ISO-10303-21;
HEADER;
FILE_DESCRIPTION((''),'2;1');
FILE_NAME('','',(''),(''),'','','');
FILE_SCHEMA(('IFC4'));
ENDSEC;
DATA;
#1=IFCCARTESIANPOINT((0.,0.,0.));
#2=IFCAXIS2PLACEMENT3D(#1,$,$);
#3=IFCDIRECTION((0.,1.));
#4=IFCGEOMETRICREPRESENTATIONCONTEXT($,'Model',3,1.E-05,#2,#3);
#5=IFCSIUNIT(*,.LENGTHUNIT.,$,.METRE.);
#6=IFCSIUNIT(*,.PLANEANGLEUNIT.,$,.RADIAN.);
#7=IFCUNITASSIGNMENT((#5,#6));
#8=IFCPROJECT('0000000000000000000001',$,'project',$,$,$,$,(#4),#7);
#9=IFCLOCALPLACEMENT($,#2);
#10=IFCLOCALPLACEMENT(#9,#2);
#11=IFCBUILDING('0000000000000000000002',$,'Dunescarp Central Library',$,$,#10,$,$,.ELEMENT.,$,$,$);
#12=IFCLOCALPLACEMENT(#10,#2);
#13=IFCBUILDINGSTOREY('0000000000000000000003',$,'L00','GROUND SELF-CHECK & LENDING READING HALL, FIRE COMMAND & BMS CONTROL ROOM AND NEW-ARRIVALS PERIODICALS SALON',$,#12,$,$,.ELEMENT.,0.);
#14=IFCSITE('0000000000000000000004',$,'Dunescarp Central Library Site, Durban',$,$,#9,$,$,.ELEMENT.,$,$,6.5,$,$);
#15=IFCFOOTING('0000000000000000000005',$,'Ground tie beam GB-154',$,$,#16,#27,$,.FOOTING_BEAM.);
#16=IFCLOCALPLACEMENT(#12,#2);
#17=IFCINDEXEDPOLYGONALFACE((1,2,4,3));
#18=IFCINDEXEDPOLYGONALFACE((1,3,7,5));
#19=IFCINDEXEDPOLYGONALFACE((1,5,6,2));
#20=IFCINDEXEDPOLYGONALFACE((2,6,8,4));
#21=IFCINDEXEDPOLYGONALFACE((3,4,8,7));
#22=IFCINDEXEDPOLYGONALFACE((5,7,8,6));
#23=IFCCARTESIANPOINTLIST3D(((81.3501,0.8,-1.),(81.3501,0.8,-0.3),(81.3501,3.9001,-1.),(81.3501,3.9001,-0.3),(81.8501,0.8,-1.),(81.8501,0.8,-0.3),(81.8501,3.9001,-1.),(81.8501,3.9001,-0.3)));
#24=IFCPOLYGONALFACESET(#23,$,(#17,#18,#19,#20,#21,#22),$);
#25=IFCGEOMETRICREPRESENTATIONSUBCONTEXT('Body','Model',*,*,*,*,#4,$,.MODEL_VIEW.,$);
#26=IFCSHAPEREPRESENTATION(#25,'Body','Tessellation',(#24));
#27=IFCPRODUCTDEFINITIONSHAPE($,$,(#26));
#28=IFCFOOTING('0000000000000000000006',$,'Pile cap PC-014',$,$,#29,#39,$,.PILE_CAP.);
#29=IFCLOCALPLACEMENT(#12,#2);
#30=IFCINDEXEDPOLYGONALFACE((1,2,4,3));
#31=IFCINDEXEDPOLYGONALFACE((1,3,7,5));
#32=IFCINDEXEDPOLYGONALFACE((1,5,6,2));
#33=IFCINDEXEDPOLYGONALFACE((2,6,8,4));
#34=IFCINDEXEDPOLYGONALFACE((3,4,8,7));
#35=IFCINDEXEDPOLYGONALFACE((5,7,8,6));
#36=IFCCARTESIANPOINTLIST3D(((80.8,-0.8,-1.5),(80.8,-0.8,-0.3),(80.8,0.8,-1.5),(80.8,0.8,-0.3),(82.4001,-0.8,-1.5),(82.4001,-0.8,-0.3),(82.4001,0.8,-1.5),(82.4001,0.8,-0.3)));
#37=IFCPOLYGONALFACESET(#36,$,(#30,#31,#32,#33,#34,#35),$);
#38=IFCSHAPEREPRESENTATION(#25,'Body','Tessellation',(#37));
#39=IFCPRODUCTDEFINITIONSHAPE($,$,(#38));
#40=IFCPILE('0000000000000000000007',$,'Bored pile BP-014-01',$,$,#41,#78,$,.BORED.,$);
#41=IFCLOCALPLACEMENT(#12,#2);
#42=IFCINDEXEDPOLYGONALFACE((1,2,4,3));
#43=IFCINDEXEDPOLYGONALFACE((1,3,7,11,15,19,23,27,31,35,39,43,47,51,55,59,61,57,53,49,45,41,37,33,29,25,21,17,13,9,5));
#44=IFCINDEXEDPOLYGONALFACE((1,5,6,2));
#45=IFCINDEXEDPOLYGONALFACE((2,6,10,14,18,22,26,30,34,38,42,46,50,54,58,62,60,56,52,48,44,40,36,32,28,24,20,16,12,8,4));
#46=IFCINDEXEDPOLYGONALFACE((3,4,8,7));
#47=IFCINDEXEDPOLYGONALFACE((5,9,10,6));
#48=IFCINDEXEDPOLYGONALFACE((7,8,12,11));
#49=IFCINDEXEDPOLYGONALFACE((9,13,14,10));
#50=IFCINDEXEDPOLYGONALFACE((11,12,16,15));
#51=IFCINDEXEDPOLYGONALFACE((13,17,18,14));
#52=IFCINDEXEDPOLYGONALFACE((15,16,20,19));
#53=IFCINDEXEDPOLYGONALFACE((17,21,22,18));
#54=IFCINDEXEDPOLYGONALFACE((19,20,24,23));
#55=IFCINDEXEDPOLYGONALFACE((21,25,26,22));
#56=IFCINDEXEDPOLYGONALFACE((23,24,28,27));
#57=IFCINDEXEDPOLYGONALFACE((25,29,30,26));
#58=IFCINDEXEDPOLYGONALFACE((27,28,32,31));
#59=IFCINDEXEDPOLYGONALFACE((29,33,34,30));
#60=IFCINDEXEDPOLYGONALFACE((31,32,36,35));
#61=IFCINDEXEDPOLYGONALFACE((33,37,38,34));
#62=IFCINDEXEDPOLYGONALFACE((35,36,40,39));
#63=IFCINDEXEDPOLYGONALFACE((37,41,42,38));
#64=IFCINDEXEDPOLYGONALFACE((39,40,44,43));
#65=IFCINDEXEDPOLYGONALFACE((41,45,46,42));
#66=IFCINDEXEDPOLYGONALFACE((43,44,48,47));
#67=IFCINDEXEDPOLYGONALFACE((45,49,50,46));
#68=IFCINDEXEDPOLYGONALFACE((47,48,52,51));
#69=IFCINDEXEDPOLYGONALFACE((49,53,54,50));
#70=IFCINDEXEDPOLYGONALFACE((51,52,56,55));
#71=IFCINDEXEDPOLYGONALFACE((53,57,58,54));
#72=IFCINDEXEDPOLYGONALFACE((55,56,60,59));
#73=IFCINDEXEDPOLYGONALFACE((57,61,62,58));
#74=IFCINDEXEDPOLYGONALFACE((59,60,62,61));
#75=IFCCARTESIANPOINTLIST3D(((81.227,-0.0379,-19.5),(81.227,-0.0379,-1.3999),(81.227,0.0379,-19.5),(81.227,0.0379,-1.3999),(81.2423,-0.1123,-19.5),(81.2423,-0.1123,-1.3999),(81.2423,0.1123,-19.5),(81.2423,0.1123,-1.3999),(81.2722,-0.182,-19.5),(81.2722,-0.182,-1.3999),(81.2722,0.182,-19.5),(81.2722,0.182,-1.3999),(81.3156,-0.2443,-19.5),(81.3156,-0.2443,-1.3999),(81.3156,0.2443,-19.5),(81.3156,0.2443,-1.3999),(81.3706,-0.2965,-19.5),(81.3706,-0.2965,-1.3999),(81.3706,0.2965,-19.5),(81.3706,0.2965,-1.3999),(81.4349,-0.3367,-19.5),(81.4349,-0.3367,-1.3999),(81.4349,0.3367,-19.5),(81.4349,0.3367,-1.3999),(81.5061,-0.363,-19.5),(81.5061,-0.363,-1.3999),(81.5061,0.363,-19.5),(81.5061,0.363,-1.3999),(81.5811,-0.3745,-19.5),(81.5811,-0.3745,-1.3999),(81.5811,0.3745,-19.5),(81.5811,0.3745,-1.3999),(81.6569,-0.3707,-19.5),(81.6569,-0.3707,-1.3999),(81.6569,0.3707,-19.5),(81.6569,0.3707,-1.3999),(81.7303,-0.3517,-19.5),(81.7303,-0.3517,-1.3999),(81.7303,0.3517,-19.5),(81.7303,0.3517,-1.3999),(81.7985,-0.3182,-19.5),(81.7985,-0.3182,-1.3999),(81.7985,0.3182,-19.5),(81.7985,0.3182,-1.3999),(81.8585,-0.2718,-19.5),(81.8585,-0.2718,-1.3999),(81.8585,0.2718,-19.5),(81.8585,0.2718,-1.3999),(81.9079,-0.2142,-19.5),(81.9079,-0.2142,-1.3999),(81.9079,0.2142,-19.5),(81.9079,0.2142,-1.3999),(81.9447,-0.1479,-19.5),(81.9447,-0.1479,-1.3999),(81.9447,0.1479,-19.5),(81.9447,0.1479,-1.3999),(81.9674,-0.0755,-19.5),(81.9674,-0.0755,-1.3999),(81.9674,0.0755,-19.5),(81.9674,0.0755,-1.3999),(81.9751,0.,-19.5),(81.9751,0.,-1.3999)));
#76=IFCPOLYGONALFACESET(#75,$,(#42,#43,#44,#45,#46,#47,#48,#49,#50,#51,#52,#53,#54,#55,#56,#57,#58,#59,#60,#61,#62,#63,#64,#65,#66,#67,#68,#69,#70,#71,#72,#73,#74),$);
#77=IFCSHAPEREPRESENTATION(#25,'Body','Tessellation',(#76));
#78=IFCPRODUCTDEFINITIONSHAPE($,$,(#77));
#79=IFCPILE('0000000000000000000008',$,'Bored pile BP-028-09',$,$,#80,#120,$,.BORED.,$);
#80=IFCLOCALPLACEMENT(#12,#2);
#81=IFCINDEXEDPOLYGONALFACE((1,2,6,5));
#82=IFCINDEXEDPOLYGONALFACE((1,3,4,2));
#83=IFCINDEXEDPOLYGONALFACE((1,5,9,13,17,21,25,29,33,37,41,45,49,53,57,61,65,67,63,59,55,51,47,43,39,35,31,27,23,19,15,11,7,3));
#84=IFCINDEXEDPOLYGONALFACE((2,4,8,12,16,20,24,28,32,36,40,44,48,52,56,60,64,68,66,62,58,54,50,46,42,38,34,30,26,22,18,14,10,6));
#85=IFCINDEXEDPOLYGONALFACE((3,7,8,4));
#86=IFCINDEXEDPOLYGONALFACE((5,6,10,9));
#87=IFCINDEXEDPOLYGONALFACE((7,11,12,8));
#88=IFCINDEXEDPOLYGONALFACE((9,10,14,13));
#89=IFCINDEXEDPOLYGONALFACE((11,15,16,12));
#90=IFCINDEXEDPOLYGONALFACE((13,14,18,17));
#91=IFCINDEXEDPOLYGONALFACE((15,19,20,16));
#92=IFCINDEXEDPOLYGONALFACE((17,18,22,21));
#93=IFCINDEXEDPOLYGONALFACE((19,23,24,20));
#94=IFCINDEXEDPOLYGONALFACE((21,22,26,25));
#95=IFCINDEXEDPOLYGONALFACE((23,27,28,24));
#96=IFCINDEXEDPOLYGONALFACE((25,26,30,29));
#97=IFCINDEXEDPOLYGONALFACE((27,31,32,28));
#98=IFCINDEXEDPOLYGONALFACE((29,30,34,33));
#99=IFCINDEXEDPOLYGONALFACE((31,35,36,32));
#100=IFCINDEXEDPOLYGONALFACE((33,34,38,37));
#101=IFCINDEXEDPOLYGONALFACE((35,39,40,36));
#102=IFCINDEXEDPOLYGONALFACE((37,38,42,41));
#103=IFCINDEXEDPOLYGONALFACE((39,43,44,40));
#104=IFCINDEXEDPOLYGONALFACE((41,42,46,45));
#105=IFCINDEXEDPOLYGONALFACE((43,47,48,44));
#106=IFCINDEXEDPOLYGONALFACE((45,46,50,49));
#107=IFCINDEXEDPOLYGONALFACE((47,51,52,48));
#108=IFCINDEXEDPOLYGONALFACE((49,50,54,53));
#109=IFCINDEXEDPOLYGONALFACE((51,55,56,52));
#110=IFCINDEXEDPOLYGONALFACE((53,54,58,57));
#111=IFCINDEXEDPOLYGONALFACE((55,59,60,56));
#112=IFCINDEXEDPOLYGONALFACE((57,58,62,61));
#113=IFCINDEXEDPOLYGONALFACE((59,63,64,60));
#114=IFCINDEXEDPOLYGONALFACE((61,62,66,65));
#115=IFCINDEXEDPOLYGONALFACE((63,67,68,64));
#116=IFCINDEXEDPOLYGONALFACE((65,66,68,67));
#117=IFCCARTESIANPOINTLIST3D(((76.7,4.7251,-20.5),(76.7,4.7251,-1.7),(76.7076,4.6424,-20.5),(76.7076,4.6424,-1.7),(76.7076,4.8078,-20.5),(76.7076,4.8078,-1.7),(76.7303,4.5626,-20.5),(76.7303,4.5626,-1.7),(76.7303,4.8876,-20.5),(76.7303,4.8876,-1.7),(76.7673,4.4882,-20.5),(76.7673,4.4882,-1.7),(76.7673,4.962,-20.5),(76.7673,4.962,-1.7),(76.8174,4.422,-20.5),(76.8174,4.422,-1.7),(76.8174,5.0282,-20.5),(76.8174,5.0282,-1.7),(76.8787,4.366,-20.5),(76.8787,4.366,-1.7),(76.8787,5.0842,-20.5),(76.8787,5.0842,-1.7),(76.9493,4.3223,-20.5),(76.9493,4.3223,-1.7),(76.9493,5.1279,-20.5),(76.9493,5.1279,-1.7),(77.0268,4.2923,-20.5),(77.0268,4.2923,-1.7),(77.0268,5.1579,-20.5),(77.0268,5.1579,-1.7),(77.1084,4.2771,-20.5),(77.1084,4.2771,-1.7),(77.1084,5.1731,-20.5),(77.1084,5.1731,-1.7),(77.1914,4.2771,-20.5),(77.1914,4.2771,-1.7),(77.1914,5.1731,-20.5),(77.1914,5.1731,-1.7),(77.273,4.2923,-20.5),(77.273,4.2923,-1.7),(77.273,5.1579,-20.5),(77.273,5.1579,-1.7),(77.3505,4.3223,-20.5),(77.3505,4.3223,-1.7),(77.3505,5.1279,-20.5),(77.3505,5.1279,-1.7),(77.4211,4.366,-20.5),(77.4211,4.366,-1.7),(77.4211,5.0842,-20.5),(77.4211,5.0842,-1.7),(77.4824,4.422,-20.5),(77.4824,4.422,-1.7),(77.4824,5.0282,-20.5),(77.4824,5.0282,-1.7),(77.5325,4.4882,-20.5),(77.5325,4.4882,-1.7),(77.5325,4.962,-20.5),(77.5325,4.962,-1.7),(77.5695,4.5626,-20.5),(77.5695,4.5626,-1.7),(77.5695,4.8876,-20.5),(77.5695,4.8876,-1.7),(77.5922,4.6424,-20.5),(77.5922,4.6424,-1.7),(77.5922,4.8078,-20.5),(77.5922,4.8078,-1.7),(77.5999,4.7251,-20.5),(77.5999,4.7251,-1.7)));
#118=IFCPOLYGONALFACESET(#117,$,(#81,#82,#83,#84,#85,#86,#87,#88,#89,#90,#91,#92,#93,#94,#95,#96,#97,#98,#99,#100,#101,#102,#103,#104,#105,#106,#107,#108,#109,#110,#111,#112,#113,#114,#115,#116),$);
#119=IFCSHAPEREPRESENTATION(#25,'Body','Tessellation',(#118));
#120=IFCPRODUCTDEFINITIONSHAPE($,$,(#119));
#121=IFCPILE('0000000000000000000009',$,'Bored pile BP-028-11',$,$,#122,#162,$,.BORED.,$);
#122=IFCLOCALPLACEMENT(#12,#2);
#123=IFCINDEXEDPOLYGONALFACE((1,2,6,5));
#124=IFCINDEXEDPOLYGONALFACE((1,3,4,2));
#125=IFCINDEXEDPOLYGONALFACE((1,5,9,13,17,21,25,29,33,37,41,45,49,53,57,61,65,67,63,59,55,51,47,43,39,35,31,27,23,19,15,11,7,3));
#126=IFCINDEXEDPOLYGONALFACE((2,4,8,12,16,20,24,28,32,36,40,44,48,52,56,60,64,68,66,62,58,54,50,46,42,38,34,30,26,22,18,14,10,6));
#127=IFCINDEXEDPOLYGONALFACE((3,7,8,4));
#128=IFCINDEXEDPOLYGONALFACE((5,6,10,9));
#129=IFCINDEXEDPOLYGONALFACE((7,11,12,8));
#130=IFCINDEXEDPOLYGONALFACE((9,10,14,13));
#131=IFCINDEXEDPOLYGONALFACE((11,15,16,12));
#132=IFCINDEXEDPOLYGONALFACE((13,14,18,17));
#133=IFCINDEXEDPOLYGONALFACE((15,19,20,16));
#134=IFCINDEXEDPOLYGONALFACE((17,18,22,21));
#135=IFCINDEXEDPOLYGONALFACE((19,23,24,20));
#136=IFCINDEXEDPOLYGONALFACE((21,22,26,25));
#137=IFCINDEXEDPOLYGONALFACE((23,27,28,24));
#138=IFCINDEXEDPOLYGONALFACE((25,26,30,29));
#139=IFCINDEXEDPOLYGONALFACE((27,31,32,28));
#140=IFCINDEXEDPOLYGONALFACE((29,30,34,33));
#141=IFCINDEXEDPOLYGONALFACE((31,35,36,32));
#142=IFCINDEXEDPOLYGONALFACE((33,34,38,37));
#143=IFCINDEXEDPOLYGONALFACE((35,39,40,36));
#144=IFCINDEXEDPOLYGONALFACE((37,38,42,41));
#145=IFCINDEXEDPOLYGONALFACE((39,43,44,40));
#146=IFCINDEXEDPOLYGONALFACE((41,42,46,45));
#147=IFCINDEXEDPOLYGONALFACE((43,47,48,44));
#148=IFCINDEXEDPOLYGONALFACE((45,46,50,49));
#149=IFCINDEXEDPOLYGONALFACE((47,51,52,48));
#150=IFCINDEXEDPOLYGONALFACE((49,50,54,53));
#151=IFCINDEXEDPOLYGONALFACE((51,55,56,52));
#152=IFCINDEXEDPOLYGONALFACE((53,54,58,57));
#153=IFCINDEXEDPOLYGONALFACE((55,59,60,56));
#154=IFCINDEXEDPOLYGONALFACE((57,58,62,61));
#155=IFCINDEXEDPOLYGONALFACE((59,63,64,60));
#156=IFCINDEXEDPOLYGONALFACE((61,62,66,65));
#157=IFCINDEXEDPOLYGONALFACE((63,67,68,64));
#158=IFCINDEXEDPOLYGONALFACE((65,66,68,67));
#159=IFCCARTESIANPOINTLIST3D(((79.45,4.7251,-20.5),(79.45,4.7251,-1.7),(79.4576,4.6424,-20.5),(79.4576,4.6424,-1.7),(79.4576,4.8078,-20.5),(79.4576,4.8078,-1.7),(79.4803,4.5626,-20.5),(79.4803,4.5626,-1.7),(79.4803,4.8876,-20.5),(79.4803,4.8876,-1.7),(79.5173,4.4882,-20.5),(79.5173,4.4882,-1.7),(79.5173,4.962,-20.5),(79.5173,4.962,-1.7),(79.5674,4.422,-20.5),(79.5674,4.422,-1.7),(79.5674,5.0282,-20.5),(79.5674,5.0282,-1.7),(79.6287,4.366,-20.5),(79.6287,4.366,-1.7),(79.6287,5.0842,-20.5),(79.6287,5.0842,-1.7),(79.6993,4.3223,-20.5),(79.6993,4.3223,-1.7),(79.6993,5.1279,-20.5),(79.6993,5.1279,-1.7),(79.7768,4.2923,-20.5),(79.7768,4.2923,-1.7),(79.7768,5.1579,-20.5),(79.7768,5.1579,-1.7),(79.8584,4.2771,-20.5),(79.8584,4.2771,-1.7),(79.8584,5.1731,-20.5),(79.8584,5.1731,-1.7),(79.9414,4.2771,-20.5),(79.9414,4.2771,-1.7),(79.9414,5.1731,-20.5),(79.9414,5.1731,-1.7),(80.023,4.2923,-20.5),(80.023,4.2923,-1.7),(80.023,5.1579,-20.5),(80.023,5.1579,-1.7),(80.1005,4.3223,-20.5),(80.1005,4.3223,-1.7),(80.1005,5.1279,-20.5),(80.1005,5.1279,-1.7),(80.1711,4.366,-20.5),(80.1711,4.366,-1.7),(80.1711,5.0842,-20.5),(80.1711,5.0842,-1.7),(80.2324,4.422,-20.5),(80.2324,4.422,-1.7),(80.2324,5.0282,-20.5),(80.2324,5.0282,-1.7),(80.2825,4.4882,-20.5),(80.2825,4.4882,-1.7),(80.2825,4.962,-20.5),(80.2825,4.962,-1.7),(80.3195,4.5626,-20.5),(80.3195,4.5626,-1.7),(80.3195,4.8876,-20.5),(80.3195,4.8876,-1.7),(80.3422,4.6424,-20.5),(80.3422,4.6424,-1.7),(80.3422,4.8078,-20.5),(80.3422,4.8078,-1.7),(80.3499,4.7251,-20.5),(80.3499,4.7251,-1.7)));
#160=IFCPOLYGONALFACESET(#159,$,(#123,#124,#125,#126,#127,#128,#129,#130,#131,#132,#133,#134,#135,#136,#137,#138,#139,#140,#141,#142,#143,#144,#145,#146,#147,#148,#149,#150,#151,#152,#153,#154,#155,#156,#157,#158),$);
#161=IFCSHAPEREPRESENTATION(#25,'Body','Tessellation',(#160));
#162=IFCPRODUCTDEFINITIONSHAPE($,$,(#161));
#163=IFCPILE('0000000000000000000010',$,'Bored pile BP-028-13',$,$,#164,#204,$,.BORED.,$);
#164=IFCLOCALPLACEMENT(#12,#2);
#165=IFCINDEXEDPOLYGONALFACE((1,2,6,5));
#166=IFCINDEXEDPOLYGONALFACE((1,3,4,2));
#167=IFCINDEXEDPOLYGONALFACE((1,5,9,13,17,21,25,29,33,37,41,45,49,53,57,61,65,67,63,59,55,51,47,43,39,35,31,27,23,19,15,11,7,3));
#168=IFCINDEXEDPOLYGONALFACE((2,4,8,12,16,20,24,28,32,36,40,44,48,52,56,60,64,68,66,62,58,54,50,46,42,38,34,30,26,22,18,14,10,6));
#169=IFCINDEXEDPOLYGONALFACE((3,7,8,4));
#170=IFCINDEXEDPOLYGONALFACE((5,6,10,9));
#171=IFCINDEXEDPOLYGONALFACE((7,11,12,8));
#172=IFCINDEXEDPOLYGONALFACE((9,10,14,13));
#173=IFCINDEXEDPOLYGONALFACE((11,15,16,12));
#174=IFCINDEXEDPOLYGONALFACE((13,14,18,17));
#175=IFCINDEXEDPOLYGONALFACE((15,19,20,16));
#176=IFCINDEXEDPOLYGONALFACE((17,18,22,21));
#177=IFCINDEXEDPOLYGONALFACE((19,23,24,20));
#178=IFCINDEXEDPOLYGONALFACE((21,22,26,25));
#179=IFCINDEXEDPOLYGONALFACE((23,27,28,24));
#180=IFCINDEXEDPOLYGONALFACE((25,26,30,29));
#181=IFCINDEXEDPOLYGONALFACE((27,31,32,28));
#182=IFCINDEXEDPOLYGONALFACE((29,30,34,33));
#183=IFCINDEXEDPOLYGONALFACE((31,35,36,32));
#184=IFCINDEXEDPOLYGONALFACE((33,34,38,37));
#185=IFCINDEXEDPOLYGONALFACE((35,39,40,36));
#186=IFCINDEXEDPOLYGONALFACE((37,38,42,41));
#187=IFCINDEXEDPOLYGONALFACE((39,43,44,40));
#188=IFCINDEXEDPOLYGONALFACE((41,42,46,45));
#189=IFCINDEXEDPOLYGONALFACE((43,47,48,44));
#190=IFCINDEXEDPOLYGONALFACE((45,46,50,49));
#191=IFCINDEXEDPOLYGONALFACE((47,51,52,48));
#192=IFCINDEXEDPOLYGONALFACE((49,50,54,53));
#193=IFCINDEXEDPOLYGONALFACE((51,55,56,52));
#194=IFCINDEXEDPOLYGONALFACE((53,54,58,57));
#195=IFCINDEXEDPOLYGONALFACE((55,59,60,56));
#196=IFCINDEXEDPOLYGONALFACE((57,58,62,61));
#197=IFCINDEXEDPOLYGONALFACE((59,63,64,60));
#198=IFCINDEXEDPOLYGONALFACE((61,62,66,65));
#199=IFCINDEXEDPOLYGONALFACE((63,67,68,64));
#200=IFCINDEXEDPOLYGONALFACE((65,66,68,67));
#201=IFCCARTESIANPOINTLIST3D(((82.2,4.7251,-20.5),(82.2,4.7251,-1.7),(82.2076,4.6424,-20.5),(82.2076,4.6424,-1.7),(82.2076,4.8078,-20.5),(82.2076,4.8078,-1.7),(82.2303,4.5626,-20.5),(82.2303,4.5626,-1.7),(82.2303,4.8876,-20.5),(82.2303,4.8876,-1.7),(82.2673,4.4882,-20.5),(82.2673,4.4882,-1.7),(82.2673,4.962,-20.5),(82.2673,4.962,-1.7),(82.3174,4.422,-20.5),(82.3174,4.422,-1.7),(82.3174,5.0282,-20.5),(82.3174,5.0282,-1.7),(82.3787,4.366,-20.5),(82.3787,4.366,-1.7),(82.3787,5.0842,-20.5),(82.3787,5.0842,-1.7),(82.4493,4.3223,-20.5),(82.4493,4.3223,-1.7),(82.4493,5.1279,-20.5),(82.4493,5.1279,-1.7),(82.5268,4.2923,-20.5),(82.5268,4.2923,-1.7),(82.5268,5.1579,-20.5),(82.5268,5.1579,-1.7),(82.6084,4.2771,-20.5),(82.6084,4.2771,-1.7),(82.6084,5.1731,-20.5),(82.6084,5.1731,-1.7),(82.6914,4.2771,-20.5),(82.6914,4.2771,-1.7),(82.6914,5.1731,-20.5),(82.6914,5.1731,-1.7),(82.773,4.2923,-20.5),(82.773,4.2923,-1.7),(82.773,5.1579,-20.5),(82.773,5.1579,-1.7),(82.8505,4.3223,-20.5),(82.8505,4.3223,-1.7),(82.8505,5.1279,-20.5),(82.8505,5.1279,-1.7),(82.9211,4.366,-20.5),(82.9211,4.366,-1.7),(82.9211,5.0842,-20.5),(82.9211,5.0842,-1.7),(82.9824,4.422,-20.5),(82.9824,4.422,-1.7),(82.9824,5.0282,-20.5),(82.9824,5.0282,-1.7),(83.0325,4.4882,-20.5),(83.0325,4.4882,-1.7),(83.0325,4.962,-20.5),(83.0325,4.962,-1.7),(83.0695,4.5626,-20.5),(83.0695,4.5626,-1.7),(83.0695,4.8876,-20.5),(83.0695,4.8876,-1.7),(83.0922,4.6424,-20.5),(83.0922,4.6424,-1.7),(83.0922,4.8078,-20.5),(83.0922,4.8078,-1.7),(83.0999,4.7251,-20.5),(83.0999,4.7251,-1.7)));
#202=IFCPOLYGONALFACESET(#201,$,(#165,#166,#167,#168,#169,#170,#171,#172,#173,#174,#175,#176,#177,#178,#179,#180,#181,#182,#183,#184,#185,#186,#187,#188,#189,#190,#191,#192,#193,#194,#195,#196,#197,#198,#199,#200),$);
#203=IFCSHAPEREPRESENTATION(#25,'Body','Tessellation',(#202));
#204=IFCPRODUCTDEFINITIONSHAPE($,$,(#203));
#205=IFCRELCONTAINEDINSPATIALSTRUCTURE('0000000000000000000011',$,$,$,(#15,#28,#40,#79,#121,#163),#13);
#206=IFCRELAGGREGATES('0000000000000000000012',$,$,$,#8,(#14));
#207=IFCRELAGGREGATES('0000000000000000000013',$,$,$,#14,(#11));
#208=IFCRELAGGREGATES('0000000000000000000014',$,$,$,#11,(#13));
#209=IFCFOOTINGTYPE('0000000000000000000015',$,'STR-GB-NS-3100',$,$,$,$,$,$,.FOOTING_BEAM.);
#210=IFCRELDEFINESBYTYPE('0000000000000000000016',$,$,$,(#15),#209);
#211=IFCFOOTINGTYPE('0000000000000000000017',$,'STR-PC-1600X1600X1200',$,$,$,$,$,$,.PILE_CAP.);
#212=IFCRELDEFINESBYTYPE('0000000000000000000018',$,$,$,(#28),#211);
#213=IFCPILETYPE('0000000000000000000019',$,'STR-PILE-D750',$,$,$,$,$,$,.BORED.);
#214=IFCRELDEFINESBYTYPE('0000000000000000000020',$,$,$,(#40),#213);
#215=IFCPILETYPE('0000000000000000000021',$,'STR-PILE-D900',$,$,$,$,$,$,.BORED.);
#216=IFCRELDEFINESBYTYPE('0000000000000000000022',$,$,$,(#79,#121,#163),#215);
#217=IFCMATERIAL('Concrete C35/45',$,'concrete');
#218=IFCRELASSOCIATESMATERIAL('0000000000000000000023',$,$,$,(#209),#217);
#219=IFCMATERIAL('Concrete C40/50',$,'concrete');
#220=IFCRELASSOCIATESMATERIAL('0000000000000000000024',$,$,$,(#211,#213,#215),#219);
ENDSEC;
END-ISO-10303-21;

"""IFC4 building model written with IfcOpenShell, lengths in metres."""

from ifc_helpers import new_model, si_unit, direction, frame, origin, origin_2d, place, context, subcontext, project, spatial, rectangle, circle, extrude, material, material_profile, profile_set, type_object, element, save


model = new_model("IFC4")

# Units and contexts
model_context = context("Model", 3, precision=1e-05, world=origin(), true_north=direction((0.0, 1.0)))
body_context = subcontext(model_context, "Body", "Model", "MODEL_VIEW")
ifc_project = project(units=[si_unit("LENGTHUNIT", "METRE"), si_unit("PLANEANGLEUNIT", "RADIAN")], contexts=[model_context])

# Site, building, storey
site_placement = place(None, origin())
site = spatial("IfcSite", under=ifc_project, at=site_placement, Name="Dunescarp Central Library Site, Durban", CompositionType="ELEMENT", RefElevation=6.5)
building_placement = place(site_placement, origin())
building = spatial("IfcBuilding", under=site, at=building_placement, Name="Dunescarp Central Library", CompositionType="ELEMENT")
storey_placement = place(building_placement, origin())
storey = spatial("IfcBuildingStorey", under=building, at=storey_placement, Name="L00", Description="GROUND SELF-CHECK & LENDING READING HALL, FIRE COMMAND & BMS CONTROL ROOM AND NEW-ARRIVALS PERIODICALS SALON", CompositionType="ELEMENT", Elevation=0.0)

# Footings
ifc_material_1 = material(Name="Concrete C35/45", Category="concrete")
footing_type_1 = type_object("IfcFootingType", Name="STR-GB-NS-3100", PredefinedType="FOOTING_BEAM", material=ifc_material_1)
footing_1_placement = place(storey_placement, frame((81.6001, 2.3501, -1.0), z_axis=(0.0, 0.0, 1.0), x_axis=(0.0, 1.0, 0.0)))
element("IfcFooting", 1, at=footing_1_placement, inside=storey, type_object=footing_type_1, Name="Ground tie beam GB-154", PredefinedType="FOOTING_BEAM", context=body_context, shape_type="SweptSolid", body=[
    extrude(rectangle(XDim=3.1001, YDim=0.5, at=origin_2d()), origin(), (0.0, 0.0, 1.0), 0.7),
])
ifc_material_2 = material(Name="Concrete C40/50", Category="concrete")
footing_type_2 = type_object("IfcFootingType", Name="STR-PC-1600X1600X1200", PredefinedType="PILE_CAP", material=ifc_material_2)
footing_2_placement = place(storey_placement, frame((81.6001, 0.0, -1.5), z_axis=(0.0, 0.0, 1.0), x_axis=(1.0, 0.0, 0.0)))
element("IfcFooting", 2, at=footing_2_placement, inside=storey, type_object=footing_type_2, Name="Pile cap PC-014", PredefinedType="PILE_CAP", context=body_context, shape_type="SweptSolid", body=[
    extrude(rectangle(XDim=1.6001, YDim=1.6001, at=origin_2d()), origin(), (0.0, 0.0, 1.0), 1.2),
])

# Piles
ifc_material_profile_1 = material_profile(ifc_material_2, circle(Radius=0.375, at=origin_2d()), Name="PILE D750")
ifc_profile_set_1 = profile_set([ifc_material_profile_1], Name="Concrete C40/50")
pile_type_1 = type_object("IfcPileType", Name="STR-PILE-D750", PredefinedType="BORED", material=ifc_profile_set_1)
pile_placement = place(storey_placement, frame((81.6001, 0.0, -1.3999), z_axis=(0.0, 0.0, -1.0), x_axis=(1.0, 0.0, 0.0)))
element("IfcPile", 3, at=pile_placement, inside=storey, type_object=pile_type_1, Name="Bored pile BP-014-01", PredefinedType="BORED", context=body_context, shape_type="SweptSolid", body=[
    extrude(circle(Radius=0.375, at=origin_2d()), origin(), (0.0, 0.0, 1.0), 18.1001),
])
ifc_material_profile_2 = material_profile(ifc_material_2, circle(Radius=0.45, at=origin_2d()), Name="PILE D900")
ifc_profile_set_2 = profile_set([ifc_material_profile_2], Name="Concrete C40/50")
pile_type_2 = type_object("IfcPileType", Name="STR-PILE-D900", PredefinedType="BORED", material=ifc_profile_set_2)
for number, where, z_axis, x_axis, name in (
    (4, (77.1499, 4.7251, -1.7), (0.0, 0.0, -1.0), (1.0, 0.0, 0.0), "Bored pile BP-028-09"),
    (5, (79.8999, 4.7251, -1.7), (0.0, 0.0, -1.0), (1.0, 0.0, 0.0), "Bored pile BP-028-11"),
    (6, (82.6499, 4.7251, -1.7), (0.0, 0.0, -1.0), (1.0, 0.0, 0.0), "Bored pile BP-028-13"),
):
    element("IfcPile", number, at=place(storey_placement, frame(where, z_axis=z_axis, x_axis=x_axis)), inside=storey, type_object=pile_type_2, Name=name, PredefinedType="BORED", context=body_context, shape_type="SweptSolid", body=[
        extrude(circle(Radius=0.45, at=origin_2d()), origin(), (0.0, 0.0, 1.0), 18.8),
    ])

save(model, "model.ifc")
